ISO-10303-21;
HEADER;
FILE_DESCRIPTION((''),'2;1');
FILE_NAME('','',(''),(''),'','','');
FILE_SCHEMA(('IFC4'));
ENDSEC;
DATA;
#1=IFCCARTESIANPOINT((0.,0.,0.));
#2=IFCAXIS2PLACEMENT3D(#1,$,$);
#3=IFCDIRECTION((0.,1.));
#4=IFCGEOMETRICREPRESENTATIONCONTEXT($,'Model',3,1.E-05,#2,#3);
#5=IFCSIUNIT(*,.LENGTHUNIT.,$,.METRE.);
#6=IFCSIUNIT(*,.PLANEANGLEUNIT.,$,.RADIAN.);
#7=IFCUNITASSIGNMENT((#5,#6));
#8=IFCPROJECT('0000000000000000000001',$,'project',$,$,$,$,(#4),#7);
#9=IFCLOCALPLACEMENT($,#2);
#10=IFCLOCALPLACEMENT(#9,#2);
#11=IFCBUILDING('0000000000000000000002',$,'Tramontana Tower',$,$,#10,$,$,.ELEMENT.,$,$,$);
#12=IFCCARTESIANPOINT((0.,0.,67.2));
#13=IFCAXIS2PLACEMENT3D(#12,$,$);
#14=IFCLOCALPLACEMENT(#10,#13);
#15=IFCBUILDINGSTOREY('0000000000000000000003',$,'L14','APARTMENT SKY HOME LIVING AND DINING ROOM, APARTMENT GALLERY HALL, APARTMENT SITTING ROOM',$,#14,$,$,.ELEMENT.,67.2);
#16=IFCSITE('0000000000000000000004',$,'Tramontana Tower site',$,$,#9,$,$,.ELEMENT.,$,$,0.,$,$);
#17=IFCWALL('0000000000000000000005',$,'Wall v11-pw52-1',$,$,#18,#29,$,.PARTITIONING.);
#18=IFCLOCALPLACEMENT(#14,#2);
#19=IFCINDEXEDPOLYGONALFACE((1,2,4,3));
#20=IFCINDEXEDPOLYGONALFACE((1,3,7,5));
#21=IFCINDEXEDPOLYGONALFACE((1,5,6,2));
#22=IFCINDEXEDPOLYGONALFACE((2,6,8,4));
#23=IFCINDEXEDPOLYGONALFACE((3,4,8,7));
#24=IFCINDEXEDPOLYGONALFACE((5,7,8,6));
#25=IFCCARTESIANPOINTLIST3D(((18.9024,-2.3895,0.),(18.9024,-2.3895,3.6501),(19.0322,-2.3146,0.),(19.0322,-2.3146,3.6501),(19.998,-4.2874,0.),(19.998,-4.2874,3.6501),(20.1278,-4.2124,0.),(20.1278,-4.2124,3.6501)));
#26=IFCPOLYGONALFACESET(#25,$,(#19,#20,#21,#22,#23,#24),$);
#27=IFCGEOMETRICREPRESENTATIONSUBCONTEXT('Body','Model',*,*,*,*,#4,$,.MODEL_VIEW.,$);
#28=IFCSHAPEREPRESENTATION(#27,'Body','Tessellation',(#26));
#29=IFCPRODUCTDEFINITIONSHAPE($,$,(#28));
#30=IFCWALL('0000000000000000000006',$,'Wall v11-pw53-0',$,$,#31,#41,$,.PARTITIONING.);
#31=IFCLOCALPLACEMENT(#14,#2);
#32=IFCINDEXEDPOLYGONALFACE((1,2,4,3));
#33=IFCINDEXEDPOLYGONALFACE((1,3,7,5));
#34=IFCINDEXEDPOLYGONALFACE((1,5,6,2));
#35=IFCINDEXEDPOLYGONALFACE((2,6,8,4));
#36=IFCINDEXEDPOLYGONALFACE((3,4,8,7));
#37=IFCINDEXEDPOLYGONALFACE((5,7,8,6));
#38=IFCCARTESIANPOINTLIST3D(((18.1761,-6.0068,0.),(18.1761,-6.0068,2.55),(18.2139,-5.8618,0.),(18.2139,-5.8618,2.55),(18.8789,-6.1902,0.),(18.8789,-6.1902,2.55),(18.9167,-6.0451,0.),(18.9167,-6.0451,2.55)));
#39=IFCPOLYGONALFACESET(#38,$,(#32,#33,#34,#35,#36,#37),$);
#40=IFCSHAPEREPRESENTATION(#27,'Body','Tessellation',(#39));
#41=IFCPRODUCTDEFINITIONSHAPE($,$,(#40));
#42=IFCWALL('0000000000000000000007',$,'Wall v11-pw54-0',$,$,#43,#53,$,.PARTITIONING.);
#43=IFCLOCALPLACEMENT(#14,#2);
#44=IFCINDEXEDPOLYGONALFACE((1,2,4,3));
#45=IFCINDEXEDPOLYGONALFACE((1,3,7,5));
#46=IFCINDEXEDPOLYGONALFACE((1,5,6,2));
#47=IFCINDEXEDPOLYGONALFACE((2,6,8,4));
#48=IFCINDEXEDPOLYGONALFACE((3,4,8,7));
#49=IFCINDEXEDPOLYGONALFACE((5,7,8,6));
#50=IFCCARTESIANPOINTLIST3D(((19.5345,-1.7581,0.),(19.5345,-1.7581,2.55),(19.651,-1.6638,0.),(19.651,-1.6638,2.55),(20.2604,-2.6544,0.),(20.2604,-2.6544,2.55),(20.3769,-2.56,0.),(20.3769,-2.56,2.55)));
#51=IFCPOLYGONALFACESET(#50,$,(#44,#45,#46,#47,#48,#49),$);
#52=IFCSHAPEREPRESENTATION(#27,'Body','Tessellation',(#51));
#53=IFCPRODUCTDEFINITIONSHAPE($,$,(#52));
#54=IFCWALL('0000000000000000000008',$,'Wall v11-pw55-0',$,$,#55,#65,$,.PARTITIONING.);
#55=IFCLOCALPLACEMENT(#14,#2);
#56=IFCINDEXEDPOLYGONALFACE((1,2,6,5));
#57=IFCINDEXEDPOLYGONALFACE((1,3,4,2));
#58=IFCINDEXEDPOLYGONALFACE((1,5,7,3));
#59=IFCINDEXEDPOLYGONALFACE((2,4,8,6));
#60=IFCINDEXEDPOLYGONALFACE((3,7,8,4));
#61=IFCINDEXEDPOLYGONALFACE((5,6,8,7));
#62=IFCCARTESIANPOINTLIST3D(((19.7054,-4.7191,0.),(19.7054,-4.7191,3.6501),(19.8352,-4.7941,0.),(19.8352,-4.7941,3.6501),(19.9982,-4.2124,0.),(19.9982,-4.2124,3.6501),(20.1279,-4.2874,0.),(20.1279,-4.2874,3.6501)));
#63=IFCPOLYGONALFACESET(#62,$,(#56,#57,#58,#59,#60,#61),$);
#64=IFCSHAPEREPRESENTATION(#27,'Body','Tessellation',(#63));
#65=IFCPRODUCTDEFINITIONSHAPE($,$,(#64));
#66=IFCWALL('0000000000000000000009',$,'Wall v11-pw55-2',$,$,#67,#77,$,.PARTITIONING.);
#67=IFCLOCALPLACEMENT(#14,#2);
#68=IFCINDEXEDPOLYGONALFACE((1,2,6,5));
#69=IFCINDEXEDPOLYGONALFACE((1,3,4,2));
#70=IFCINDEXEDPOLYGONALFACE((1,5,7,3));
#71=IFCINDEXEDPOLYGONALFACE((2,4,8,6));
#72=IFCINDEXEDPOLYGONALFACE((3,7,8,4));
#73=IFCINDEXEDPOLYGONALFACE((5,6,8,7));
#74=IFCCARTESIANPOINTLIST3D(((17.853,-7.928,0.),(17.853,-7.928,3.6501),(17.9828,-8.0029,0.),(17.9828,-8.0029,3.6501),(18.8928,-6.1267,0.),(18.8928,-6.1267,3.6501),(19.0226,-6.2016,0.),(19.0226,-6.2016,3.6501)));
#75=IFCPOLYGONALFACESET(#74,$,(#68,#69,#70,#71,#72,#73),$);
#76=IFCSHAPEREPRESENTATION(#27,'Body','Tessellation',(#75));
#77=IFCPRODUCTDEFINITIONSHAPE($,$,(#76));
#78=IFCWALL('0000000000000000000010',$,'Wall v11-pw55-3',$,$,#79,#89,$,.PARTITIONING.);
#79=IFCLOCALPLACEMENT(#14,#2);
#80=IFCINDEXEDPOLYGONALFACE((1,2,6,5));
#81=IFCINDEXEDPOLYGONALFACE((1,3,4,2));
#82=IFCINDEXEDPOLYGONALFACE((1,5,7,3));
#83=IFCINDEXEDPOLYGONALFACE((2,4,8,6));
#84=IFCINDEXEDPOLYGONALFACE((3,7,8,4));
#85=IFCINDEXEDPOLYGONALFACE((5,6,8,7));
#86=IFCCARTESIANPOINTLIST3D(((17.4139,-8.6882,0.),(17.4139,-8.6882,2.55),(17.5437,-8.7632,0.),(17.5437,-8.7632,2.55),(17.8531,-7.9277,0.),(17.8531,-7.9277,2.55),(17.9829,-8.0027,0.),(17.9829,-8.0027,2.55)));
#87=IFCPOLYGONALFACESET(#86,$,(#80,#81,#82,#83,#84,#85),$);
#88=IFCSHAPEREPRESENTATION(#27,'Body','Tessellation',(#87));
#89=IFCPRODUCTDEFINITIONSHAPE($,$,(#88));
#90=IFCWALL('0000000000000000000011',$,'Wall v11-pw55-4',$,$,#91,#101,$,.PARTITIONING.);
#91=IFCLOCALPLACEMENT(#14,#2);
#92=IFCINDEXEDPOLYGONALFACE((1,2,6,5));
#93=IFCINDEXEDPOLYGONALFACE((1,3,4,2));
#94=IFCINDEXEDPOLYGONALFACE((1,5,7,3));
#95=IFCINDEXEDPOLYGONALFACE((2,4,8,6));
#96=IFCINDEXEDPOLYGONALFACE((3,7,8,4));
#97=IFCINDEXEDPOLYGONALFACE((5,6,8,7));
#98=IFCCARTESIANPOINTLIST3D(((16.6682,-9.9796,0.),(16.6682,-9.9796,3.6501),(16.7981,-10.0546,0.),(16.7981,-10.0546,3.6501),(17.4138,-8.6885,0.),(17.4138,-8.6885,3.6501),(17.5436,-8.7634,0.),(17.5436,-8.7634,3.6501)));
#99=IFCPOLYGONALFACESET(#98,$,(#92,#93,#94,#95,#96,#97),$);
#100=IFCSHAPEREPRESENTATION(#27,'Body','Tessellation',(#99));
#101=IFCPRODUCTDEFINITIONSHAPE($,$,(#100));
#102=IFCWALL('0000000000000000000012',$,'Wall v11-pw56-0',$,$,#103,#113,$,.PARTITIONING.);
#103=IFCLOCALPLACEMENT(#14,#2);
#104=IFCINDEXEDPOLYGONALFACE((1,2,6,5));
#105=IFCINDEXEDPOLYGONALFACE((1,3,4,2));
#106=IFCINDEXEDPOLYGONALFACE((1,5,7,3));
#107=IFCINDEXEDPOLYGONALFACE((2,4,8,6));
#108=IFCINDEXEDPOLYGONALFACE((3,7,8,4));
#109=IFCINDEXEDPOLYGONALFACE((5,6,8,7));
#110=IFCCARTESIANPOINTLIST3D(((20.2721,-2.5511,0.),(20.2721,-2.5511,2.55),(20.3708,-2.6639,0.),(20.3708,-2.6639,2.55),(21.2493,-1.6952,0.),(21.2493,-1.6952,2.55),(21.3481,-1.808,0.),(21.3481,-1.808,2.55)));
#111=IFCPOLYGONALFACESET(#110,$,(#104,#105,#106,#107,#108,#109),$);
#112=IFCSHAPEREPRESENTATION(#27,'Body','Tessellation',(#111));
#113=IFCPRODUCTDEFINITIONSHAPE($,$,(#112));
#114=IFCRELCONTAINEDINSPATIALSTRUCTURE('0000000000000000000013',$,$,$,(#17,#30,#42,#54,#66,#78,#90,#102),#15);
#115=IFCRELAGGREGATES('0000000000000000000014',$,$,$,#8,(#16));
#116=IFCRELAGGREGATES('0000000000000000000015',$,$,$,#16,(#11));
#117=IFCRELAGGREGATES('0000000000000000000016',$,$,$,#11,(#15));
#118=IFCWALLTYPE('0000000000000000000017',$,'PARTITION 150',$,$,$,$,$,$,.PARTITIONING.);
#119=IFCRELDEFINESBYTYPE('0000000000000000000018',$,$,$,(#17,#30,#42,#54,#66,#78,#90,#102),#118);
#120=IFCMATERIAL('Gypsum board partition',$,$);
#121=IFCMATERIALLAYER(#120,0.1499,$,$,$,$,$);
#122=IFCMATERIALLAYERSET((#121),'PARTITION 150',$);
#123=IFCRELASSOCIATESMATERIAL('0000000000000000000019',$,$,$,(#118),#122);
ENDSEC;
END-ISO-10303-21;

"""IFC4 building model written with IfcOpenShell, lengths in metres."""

from ifc_helpers import new_model, si_unit, direction, frame, frame_2d, origin, place, context, subcontext, project, spatial, rectangle, extrude, material, layer, layer_set, type_object, element, save


model = new_model("IFC4")

# Units and contexts
model_context = context("Model", 3, precision=1e-05, world=origin(), true_north=direction((0.0, 1.0)))
body_context = subcontext(model_context, "Body", "Model", "MODEL_VIEW")
ifc_project = project(units=[si_unit("LENGTHUNIT", "METRE"), si_unit("PLANEANGLEUNIT", "RADIAN")], contexts=[model_context])

# Site, building, storey
site_placement = place(None, origin())
site = spatial("IfcSite", under=ifc_project, at=site_placement, Name="Tramontana Tower site", CompositionType="ELEMENT", RefElevation=0.0)
building_placement = place(site_placement, origin())
building = spatial("IfcBuilding", under=site, at=building_placement, Name="Tramontana Tower", CompositionType="ELEMENT")
storey_placement = place(building_placement, frame((0.0, 0.0, 67.2)))
storey = spatial("IfcBuildingStorey", under=building, at=storey_placement, Name="L14", Description="APARTMENT SKY HOME LIVING AND DINING ROOM, APARTMENT GALLERY HALL, APARTMENT SITTING ROOM", CompositionType="ELEMENT", Elevation=67.2)

# Shared definitions
ifc_material_1 = material(Name="Gypsum board partition")
ifc_layer_1 = layer(ifc_material_1, 0.1499)
ifc_layer_set_1 = layer_set([ifc_layer_1], Name="PARTITION 150")
wall_type_1 = type_object("IfcWallType", Name="PARTITION 150", PredefinedType="PARTITIONING", material=ifc_layer_set_1)

# Walls
wall_1_placement = place(storey_placement, frame((18.9673, -2.3521, 0.0), z_axis=(0.0, 0.0, 1.0), x_axis=(0.499973, -0.866041, 0.0)))
element("IfcWall", 1, at=wall_1_placement, inside=storey, type_object=wall_type_1, Name="Wall v11-pw52-1", PredefinedType="PARTITIONING", context=body_context, shape_type="SweptSolid", body=[
    extrude(rectangle(XDim=2.1914, YDim=0.1499, at=frame_2d((1.0957, 0.0))), origin(), (0.0, 0.0, 1.0), 3.6501),
])
wall_2_placement = place(storey_placement, frame((18.8979, -6.1177, 0.0), z_axis=(0.0, 0.0, 1.0), x_axis=(-0.967621, 0.252408, 0.0)))
element("IfcWall", 2, at=wall_2_placement, inside=storey, type_object=wall_type_1, Name="Wall v11-pw53-0", PredefinedType="PARTITIONING", context=body_context, shape_type="SweptSolid", body=[
    extrude(rectangle(XDim=0.7263, YDim=0.1499, at=frame_2d((0.3633, 0.0))), origin(), (0.0, 0.0, 1.0), 2.55),
])

# Walls
wall_3_placement = place(storey_placement, frame((19.5928, -1.7109, 0.0), z_axis=(0.0, 0.0, 1.0), x_axis=(0.629357, -0.777117, 0.0)))
element("IfcWall", 3, at=wall_3_placement, inside=storey, type_object=wall_type_1, Name="Wall v11-pw54-0", PredefinedType="PARTITIONING", context=body_context, shape_type="SweptSolid", body=[
    extrude(rectangle(XDim=1.1533, YDim=0.1499, at=frame_2d((0.5767, 0.0))), origin(), (0.0, 0.0, 1.0), 2.55),
])
wall_4_placement = place(storey_placement, frame((20.063, -4.25, 0.0), z_axis=(0.0, 0.0, 1.0), x_axis=(-0.500312, -0.865845, 0.0)))
element("IfcWall", 4, at=wall_4_placement, inside=storey, type_object=wall_type_1, Name="Wall v11-pw55-0", PredefinedType="PARTITIONING", context=body_context, shape_type="SweptSolid", body=[
    extrude(rectangle(XDim=0.5852, YDim=0.1499, at=frame_2d((0.2925, 0.0))), origin(), (0.0, 0.0, 1.0), 3.6501),
])

# Walls
wall_5_placement = place(storey_placement, frame((18.9578, -6.1641, 0.0), z_axis=(0.0, 0.0, 1.0), x_axis=(-0.499939, -0.86606, 0.0)))
element("IfcWall", 5, at=wall_5_placement, inside=storey, type_object=wall_type_1, Name="Wall v11-pw55-2", PredefinedType="PARTITIONING", context=body_context, shape_type="SweptSolid", body=[
    extrude(rectangle(XDim=2.0798, YDim=0.1499, at=frame_2d((1.04, 0.0))), origin(), (0.0, 0.0, 1.0), 3.6501),
])
wall_6_placement = place(storey_placement, frame((17.918, -7.9653, 0.0), z_axis=(0.0, 0.0, 1.0), x_axis=(-0.500115, -0.865959, 0.0)))
element("IfcWall", 6, at=wall_6_placement, inside=storey, type_object=wall_type_1, Name="Wall v11-pw55-3", PredefinedType="PARTITIONING", context=body_context, shape_type="SweptSolid", body=[
    extrude(rectangle(XDim=0.8782, YDim=0.1499, at=frame_2d((0.439, 0.0))), origin(), (0.0, 0.0, 1.0), 2.55),
])
wall_7_placement = place(storey_placement, frame((17.4788, -8.7258, 0.0), z_axis=(0.0, 0.0, 1.0), x_axis=(-0.500048, -0.865997, 0.0)))
element("IfcWall", 7, at=wall_7_placement, inside=storey, type_object=wall_type_1, Name="Wall v11-pw55-4", PredefinedType="PARTITIONING", context=body_context, shape_type="SweptSolid", body=[
    extrude(rectangle(XDim=1.491, YDim=0.1499, at=frame_2d((0.7456, 0.0))), origin(), (0.0, 0.0, 1.0), 3.6501),
])
wall_8_placement = place(storey_placement, frame((20.3215, -2.6074, 0.0), z_axis=(0.0, 0.0, 1.0), x_axis=(0.752262, 0.658864, 0.0)))
element("IfcWall", 8, at=wall_8_placement, inside=storey, type_object=wall_type_1, Name="Wall v11-pw56-0", PredefinedType="PARTITIONING", context=body_context, shape_type="SweptSolid", body=[
    extrude(rectangle(XDim=1.2991, YDim=0.1499, at=frame_2d((0.6494, 0.0))), origin(), (0.0, 0.0, 1.0), 2.55),
])

save(model, "model.ifc")
